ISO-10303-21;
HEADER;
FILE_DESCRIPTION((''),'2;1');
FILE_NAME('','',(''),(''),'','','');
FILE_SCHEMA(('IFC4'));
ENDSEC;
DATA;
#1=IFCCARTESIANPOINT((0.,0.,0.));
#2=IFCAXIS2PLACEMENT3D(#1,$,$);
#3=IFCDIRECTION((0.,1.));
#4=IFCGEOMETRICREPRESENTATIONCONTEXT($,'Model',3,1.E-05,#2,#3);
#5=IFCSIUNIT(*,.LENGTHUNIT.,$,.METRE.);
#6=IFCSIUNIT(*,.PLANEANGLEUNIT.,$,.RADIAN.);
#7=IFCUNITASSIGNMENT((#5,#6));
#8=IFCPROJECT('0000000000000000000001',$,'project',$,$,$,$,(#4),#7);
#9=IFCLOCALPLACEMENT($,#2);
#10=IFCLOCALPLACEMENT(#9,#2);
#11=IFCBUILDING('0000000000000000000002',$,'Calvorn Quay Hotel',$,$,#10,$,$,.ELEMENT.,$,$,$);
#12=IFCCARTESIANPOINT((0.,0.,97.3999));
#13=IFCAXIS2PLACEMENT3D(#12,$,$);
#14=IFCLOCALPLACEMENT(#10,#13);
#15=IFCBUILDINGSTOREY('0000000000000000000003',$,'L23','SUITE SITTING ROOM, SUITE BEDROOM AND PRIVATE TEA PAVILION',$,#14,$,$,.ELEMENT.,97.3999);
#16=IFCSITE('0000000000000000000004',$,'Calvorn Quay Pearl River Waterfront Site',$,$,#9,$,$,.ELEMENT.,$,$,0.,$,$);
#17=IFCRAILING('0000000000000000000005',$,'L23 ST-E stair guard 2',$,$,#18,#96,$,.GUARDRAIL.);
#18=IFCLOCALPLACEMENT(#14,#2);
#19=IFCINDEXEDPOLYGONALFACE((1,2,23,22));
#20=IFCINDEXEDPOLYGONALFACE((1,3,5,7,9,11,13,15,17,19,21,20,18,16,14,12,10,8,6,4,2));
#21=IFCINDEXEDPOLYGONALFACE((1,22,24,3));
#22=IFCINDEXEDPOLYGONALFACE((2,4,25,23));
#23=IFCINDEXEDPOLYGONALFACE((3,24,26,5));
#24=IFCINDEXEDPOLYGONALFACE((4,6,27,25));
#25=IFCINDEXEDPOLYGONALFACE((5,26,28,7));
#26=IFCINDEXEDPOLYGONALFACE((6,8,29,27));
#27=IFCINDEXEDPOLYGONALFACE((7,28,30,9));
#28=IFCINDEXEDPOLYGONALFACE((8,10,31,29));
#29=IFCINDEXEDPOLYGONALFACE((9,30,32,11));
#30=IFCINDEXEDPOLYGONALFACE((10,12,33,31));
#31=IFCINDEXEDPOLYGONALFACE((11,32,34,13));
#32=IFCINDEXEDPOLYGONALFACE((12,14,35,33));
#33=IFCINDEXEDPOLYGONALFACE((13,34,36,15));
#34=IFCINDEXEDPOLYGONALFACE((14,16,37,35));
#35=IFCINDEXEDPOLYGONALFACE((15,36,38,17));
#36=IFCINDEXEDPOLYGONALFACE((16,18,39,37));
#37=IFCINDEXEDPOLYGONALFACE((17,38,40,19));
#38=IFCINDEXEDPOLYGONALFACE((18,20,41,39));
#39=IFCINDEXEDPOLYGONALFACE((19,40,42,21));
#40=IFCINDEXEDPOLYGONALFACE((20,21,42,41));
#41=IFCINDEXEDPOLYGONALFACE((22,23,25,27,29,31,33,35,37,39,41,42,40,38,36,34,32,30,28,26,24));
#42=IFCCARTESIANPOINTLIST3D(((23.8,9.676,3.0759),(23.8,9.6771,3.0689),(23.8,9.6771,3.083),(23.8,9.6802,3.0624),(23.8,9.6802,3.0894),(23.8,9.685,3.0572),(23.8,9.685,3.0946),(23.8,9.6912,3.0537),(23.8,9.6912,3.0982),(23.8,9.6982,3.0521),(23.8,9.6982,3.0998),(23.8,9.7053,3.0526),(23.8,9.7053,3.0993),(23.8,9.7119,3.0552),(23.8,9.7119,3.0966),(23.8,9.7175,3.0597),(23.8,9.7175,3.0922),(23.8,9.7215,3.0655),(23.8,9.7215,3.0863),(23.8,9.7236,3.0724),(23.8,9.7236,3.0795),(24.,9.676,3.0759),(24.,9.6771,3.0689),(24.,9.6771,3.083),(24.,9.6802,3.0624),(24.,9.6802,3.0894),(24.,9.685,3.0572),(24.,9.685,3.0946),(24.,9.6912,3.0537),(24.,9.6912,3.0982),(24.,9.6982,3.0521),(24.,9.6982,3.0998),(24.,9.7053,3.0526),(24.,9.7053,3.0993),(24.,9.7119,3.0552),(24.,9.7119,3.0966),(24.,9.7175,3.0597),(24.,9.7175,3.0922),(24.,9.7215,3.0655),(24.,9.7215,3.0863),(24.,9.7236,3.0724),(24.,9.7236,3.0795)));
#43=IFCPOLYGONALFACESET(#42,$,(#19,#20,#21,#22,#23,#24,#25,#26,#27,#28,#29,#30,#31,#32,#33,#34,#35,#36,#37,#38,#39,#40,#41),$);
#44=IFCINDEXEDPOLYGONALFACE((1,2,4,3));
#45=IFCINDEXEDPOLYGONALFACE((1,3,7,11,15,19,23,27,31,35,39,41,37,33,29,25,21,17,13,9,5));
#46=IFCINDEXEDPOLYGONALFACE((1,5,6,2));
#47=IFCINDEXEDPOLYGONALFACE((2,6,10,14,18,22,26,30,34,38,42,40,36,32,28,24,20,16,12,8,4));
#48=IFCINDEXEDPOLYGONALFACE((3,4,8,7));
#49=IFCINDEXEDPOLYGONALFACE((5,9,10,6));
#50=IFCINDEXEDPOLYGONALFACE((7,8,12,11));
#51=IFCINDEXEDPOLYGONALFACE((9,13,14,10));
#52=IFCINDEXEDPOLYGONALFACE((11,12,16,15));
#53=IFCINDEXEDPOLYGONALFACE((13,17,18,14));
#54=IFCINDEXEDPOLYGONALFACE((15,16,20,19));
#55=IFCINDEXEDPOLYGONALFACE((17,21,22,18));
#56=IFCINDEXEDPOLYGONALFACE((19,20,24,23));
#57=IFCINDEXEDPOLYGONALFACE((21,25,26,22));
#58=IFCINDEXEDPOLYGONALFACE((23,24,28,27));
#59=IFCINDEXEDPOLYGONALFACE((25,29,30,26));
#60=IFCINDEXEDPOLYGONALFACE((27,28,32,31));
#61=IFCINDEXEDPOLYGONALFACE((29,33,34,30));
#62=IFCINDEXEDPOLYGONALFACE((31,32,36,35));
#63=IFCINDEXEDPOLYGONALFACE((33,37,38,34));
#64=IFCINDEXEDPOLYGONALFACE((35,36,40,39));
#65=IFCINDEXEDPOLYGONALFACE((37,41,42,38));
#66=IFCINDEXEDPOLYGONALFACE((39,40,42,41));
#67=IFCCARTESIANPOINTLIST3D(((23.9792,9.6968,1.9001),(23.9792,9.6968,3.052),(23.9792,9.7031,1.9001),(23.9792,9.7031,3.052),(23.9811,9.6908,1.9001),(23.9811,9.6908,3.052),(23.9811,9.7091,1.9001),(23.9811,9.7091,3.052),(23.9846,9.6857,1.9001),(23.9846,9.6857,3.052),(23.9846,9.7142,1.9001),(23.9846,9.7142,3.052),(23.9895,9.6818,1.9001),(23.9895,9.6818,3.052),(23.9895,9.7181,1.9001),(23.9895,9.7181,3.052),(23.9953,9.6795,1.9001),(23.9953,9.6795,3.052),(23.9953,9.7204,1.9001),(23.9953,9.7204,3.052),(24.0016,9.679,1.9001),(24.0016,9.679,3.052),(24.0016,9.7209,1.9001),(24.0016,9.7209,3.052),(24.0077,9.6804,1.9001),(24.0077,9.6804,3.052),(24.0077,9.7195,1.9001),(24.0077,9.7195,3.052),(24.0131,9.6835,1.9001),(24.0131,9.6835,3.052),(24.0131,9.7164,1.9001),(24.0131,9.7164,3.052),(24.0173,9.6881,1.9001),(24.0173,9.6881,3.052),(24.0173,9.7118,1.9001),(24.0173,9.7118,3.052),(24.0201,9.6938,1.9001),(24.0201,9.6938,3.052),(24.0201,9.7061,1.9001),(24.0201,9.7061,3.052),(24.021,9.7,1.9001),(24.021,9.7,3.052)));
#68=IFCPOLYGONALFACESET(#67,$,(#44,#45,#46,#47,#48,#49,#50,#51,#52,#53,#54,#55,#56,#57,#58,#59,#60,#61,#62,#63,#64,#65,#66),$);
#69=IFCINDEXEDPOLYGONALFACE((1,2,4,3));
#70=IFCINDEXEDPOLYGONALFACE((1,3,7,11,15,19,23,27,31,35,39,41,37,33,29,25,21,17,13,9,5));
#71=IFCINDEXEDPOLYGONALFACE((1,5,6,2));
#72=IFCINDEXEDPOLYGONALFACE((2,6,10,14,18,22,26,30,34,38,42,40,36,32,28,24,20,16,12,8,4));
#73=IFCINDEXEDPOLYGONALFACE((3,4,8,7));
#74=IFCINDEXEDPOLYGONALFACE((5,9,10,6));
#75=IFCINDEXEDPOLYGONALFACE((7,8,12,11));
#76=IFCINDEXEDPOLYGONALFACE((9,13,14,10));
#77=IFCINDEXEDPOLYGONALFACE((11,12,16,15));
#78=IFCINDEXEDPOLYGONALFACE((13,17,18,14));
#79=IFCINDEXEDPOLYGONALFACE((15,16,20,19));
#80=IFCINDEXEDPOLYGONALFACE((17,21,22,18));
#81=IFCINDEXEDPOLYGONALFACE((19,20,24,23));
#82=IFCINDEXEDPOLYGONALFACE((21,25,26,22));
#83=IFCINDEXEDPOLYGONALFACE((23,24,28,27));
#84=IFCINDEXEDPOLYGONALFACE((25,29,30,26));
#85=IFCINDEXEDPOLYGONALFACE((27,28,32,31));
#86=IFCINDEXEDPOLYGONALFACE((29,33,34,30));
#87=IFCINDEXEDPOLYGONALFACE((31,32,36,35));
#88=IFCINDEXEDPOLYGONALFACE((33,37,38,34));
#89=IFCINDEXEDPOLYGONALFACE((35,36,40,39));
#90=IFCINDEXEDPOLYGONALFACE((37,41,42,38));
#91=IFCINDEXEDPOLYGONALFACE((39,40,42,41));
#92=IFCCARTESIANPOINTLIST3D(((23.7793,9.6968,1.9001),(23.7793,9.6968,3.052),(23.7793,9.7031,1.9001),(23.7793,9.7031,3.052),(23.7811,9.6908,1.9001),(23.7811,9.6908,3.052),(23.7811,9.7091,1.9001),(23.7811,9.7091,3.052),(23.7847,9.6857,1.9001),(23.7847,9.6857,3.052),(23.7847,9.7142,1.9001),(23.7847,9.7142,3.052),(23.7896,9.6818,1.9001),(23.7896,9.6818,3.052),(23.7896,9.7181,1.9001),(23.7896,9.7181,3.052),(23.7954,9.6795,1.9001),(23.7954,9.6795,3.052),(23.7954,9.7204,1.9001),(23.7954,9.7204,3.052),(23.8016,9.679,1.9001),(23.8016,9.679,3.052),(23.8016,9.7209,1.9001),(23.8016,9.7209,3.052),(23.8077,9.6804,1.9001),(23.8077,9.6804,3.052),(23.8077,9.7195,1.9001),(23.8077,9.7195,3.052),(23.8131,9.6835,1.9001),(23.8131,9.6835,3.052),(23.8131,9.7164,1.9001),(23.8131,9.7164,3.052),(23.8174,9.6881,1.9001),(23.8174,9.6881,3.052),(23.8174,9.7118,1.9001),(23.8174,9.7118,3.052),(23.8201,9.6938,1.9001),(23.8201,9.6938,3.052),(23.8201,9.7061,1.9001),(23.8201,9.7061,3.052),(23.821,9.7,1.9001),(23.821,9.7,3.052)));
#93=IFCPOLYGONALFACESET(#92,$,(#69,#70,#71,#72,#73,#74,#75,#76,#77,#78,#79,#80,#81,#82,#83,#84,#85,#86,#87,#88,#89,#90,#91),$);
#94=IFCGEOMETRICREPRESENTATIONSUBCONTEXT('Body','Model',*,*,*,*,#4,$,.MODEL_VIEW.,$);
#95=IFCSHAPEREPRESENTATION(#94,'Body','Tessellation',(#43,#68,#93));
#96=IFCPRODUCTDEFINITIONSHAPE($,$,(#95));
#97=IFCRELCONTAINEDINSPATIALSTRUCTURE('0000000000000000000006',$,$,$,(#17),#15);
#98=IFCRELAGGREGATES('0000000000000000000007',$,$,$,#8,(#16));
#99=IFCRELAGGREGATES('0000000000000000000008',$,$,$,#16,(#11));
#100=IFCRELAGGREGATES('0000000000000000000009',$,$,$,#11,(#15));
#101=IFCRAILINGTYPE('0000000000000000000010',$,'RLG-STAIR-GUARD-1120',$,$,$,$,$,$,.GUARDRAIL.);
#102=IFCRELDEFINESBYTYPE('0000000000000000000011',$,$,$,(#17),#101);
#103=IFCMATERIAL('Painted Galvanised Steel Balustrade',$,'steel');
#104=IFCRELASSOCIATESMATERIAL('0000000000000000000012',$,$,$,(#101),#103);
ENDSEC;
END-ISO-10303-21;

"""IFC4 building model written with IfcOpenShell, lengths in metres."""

from ifc_helpers import new_model, si_unit, direction, frame, origin, origin_2d, place, context, subcontext, project, spatial, circle, extrude, material, type_object, element, save


model = new_model("IFC4")

# Units and contexts
model_context = context("Model", 3, precision=1e-05, world=origin(), true_north=direction((0.0, 1.0)))
body_context = subcontext(model_context, "Body", "Model", "MODEL_VIEW")
ifc_project = project(units=[si_unit("LENGTHUNIT", "METRE"), si_unit("PLANEANGLEUNIT", "RADIAN")], contexts=[model_context])

# Site, building, storey
site_placement = place(None, origin())
site = spatial("IfcSite", under=ifc_project, at=site_placement, Name="Calvorn Quay Pearl River Waterfront Site", CompositionType="ELEMENT", RefElevation=0.0)
building_placement = place(site_placement, origin())
building = spatial("IfcBuilding", under=site, at=building_placement, Name="Calvorn Quay Hotel", CompositionType="ELEMENT")
storey_placement = place(building_placement, frame((0.0, 0.0, 97.3999)))
storey = spatial("IfcBuildingStorey", under=building, at=storey_placement, Name="L23", Description="SUITE SITTING ROOM, SUITE BEDROOM AND PRIVATE TEA PAVILION", CompositionType="ELEMENT", Elevation=97.3999)

# Railing
ifc_material_1 = material(Name="Painted Galvanised Steel Balustrade", Category="steel")
railing_type_1 = type_object("IfcRailingType", Name="RLG-STAIR-GUARD-1120", PredefinedType="GUARDRAIL", material=ifc_material_1)
railing_1_placement = place(storey_placement, frame((24.0, 9.7, 1.9001)))
element("IfcRailing", 1, at=railing_1_placement, inside=storey, type_object=railing_type_1, Name="L23 ST-E stair guard 2", PredefinedType="GUARDRAIL", context=body_context, shape_type="SweptSolid", body=[
    extrude(circle(Radius=0.0239, at=origin_2d()), frame((0.0, 0.0, 1.1758), z_axis=(-1.0, 0.0, 0.0), x_axis=(0.0, -1.0, 0.0)), (0.0, 0.0, 1.0), 0.2),
    extrude(circle(Radius=0.021, at=origin_2d()), origin(), (0.0, 0.0, 1.0), 1.1519),
    extrude(circle(Radius=0.021, at=origin_2d()), frame((-0.2, 0.0, 0.0)), (0.0, 0.0, 1.0), 1.1519),
])

save(model, "model.ifc")
